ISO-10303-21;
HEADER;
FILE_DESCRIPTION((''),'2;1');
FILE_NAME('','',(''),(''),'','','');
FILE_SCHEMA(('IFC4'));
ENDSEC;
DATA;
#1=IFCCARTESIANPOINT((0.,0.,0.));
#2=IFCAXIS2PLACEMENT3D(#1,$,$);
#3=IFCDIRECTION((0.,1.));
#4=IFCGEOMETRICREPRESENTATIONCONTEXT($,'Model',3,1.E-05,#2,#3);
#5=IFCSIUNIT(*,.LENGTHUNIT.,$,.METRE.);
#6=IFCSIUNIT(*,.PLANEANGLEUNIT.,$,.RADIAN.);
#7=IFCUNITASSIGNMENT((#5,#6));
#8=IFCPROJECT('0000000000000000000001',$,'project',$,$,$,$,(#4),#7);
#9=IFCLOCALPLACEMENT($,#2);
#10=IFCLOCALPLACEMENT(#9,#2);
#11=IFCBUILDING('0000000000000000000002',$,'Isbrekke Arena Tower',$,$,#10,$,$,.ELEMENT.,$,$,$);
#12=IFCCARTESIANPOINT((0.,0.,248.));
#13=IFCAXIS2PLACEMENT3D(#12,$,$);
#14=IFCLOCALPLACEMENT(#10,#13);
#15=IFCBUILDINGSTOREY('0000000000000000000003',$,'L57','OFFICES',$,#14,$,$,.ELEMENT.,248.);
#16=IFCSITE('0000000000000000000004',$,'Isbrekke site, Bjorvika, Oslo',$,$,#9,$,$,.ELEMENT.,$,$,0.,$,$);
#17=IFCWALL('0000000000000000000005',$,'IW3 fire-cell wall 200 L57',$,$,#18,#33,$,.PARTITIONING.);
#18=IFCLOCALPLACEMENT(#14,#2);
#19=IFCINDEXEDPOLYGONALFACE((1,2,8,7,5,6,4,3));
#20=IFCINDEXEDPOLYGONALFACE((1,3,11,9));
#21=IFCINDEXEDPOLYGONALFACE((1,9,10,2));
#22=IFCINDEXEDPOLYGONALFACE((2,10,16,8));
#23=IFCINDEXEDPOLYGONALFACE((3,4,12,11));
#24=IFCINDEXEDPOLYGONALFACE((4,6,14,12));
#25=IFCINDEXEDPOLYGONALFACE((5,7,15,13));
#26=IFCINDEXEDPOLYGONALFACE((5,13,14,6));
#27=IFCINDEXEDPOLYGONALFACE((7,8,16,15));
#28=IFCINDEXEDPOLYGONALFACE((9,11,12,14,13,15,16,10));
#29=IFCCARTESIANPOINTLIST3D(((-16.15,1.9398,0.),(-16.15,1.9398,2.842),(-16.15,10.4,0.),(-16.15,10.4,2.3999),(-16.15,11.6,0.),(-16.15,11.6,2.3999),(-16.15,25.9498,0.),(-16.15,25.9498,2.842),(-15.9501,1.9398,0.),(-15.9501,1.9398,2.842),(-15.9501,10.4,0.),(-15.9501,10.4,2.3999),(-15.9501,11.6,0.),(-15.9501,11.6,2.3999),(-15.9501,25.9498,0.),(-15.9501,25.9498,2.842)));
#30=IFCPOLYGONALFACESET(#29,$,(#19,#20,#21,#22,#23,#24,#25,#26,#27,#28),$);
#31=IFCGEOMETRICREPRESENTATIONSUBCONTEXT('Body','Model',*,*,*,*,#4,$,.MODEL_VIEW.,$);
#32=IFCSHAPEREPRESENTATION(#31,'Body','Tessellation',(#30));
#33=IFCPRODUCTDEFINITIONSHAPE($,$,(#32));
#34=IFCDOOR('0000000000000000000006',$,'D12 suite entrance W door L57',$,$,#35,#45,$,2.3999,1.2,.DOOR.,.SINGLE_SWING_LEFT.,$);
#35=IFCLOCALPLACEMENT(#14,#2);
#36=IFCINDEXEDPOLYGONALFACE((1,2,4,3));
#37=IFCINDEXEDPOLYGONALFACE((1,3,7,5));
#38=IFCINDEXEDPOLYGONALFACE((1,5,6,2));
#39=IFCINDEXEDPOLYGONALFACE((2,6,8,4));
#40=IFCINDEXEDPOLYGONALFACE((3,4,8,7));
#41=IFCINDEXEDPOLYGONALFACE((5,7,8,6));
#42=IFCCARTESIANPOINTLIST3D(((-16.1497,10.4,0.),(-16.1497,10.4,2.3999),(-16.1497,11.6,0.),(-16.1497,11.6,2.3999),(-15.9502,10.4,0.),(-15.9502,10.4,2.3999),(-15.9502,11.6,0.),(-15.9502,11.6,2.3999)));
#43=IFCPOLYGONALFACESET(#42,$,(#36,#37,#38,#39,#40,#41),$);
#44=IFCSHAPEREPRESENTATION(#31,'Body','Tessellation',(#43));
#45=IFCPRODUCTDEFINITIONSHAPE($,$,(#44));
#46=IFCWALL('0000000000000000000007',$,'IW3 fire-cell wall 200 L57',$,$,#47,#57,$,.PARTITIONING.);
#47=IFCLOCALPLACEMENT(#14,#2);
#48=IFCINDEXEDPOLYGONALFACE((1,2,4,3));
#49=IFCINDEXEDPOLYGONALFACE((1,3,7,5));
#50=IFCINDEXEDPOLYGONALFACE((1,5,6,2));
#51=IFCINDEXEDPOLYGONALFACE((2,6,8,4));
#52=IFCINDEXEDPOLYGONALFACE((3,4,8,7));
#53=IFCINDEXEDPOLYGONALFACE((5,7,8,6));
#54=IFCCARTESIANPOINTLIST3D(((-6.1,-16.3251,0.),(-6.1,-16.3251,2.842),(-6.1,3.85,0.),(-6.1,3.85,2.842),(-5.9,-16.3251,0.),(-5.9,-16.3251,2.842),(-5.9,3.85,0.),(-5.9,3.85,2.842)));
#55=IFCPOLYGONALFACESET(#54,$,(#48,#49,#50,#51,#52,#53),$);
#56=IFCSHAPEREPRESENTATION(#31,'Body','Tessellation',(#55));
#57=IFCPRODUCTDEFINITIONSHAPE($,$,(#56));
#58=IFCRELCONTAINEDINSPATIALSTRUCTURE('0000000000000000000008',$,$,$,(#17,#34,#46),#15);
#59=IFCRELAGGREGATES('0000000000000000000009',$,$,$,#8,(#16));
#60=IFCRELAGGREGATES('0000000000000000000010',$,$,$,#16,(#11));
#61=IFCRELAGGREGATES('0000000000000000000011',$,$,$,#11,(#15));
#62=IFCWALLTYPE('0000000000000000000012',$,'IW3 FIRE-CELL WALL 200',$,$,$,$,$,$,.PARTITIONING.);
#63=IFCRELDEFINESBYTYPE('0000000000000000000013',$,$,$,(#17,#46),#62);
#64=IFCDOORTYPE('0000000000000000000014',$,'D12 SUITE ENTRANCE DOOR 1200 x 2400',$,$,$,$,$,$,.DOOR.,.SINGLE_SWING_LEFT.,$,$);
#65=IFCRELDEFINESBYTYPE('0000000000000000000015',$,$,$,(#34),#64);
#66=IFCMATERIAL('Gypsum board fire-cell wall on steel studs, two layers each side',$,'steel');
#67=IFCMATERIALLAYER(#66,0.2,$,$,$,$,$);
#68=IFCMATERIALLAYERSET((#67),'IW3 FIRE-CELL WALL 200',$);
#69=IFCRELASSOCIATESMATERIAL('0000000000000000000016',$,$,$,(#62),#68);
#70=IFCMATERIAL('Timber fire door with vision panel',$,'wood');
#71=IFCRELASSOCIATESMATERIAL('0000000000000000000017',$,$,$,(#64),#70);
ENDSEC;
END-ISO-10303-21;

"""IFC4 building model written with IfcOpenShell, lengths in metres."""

from ifc_helpers import new_model, si_unit, direction, frame, frame_2d, origin, place, context, subcontext, project, spatial, rectangle, extrude, material, layer, layer_set, type_object, element, fill, save


model = new_model("IFC4")

# Units and contexts
model_context = context("Model", 3, precision=1e-05, world=origin(), true_north=direction((0.0, 1.0)))
body_context = subcontext(model_context, "Body", "Model", "MODEL_VIEW")
ifc_project = project(units=[si_unit("LENGTHUNIT", "METRE"), si_unit("PLANEANGLEUNIT", "RADIAN")], contexts=[model_context])

# Site, building, storey
site_placement = place(None, origin())
site = spatial("IfcSite", under=ifc_project, at=site_placement, Name="Isbrekke site, Bjorvika, Oslo", CompositionType="ELEMENT", RefElevation=0.0)
building_placement = place(site_placement, origin())
building = spatial("IfcBuilding", under=site, at=building_placement, Name="Isbrekke Arena Tower", CompositionType="ELEMENT")
storey_placement = place(building_placement, frame((0.0, 0.0, 248.0)))
storey = spatial("IfcBuildingStorey", under=building, at=storey_placement, Name="L57", Description="OFFICES", CompositionType="ELEMENT", Elevation=248.0)

# Wall, opening, door
ifc_material_1 = material(Name="Gypsum board fire-cell wall on steel studs, two layers each side", Category="steel")
ifc_layer_1 = layer(ifc_material_1, 0.2)
ifc_layer_set_1 = layer_set([ifc_layer_1], Name="IW3 FIRE-CELL WALL 200")
wall_type_1 = type_object("IfcWallType", Name="IW3 FIRE-CELL WALL 200", PredefinedType="PARTITIONING", material=ifc_layer_set_1)
wall_1_placement = place(storey_placement, frame((-16.05, 1.9399, 0.0), z_axis=(0.0, 0.0, 1.0), x_axis=(0.0, 1.0, 0.0)))
wall_1 = element("IfcWall", 1, at=wall_1_placement, inside=storey, type_object=wall_type_1, Name="IW3 fire-cell wall 200 L57", PredefinedType="PARTITIONING", context=body_context, shape_type="SweptSolid", body=[
    extrude(rectangle(XDim=24.01, YDim=0.2, at=frame_2d((12.0049, 0.0))), origin(), (0.0, 0.0, 1.0), 2.842),
])
opening_1_placement = place(wall_1_placement, frame((8.46, 0.0, 0.0)))
opening_1 = element("IfcOpeningElement", 2, at=opening_1_placement, cuts=wall_1, PredefinedType="OPENING", context=body_context, shape_type="SweptSolid", body=[
    extrude(rectangle(XDim=1.2, YDim=2.3999, at=frame_2d((0.6001, 1.2))), frame((0.0, 0.1147, 0.0), z_axis=(0.0, -1.0, 0.0), x_axis=(1.0, 0.0, 0.0)), (0.0, 0.0, 1.0), 0.2297),
])
ifc_material_2 = material(Name="Timber fire door with vision panel", Category="wood")
door_type_1 = type_object("IfcDoorType", Name="D12 SUITE ENTRANCE DOOR 1200 x 2400", OperationType="SINGLE_SWING_LEFT", PredefinedType="DOOR", material=ifc_material_2)
door_1_placement = place(opening_1_placement, origin())
door_1 = element("IfcDoor", 3, at=door_1_placement, inside=storey, type_object=door_type_1, Name="D12 suite entrance W door L57", OperationType="SINGLE_SWING_LEFT", OverallHeight=2.3999, OverallWidth=1.2, PredefinedType="DOOR", context=body_context, shape_type="SweptSolid", body=[
    extrude(rectangle(XDim=1.2, YDim=2.3999, at=frame_2d((0.6001, 1.2))), frame((0.0, 0.0996, 0.0), z_axis=(0.0, -1.0, 0.0), x_axis=(1.0, 0.0, 0.0)), (0.0, 0.0, 1.0), 0.1995),
])
fill(opening_1, door_1)

# Wall
wall_2_placement = place(storey_placement, frame((-6.0, -16.325, 0.0), z_axis=(0.0, 0.0, 1.0), x_axis=(0.0, 1.0, 0.0)))
element("IfcWall", 4, at=wall_2_placement, inside=storey, type_object=wall_type_1, Name="IW3 fire-cell wall 200 L57", PredefinedType="PARTITIONING", context=body_context, shape_type="SweptSolid", body=[
    extrude(rectangle(XDim=20.175, YDim=0.2, at=frame_2d((10.0874, 0.0))), origin(), (0.0, 0.0, 1.0), 2.842),
])

save(model, "model.ifc")
